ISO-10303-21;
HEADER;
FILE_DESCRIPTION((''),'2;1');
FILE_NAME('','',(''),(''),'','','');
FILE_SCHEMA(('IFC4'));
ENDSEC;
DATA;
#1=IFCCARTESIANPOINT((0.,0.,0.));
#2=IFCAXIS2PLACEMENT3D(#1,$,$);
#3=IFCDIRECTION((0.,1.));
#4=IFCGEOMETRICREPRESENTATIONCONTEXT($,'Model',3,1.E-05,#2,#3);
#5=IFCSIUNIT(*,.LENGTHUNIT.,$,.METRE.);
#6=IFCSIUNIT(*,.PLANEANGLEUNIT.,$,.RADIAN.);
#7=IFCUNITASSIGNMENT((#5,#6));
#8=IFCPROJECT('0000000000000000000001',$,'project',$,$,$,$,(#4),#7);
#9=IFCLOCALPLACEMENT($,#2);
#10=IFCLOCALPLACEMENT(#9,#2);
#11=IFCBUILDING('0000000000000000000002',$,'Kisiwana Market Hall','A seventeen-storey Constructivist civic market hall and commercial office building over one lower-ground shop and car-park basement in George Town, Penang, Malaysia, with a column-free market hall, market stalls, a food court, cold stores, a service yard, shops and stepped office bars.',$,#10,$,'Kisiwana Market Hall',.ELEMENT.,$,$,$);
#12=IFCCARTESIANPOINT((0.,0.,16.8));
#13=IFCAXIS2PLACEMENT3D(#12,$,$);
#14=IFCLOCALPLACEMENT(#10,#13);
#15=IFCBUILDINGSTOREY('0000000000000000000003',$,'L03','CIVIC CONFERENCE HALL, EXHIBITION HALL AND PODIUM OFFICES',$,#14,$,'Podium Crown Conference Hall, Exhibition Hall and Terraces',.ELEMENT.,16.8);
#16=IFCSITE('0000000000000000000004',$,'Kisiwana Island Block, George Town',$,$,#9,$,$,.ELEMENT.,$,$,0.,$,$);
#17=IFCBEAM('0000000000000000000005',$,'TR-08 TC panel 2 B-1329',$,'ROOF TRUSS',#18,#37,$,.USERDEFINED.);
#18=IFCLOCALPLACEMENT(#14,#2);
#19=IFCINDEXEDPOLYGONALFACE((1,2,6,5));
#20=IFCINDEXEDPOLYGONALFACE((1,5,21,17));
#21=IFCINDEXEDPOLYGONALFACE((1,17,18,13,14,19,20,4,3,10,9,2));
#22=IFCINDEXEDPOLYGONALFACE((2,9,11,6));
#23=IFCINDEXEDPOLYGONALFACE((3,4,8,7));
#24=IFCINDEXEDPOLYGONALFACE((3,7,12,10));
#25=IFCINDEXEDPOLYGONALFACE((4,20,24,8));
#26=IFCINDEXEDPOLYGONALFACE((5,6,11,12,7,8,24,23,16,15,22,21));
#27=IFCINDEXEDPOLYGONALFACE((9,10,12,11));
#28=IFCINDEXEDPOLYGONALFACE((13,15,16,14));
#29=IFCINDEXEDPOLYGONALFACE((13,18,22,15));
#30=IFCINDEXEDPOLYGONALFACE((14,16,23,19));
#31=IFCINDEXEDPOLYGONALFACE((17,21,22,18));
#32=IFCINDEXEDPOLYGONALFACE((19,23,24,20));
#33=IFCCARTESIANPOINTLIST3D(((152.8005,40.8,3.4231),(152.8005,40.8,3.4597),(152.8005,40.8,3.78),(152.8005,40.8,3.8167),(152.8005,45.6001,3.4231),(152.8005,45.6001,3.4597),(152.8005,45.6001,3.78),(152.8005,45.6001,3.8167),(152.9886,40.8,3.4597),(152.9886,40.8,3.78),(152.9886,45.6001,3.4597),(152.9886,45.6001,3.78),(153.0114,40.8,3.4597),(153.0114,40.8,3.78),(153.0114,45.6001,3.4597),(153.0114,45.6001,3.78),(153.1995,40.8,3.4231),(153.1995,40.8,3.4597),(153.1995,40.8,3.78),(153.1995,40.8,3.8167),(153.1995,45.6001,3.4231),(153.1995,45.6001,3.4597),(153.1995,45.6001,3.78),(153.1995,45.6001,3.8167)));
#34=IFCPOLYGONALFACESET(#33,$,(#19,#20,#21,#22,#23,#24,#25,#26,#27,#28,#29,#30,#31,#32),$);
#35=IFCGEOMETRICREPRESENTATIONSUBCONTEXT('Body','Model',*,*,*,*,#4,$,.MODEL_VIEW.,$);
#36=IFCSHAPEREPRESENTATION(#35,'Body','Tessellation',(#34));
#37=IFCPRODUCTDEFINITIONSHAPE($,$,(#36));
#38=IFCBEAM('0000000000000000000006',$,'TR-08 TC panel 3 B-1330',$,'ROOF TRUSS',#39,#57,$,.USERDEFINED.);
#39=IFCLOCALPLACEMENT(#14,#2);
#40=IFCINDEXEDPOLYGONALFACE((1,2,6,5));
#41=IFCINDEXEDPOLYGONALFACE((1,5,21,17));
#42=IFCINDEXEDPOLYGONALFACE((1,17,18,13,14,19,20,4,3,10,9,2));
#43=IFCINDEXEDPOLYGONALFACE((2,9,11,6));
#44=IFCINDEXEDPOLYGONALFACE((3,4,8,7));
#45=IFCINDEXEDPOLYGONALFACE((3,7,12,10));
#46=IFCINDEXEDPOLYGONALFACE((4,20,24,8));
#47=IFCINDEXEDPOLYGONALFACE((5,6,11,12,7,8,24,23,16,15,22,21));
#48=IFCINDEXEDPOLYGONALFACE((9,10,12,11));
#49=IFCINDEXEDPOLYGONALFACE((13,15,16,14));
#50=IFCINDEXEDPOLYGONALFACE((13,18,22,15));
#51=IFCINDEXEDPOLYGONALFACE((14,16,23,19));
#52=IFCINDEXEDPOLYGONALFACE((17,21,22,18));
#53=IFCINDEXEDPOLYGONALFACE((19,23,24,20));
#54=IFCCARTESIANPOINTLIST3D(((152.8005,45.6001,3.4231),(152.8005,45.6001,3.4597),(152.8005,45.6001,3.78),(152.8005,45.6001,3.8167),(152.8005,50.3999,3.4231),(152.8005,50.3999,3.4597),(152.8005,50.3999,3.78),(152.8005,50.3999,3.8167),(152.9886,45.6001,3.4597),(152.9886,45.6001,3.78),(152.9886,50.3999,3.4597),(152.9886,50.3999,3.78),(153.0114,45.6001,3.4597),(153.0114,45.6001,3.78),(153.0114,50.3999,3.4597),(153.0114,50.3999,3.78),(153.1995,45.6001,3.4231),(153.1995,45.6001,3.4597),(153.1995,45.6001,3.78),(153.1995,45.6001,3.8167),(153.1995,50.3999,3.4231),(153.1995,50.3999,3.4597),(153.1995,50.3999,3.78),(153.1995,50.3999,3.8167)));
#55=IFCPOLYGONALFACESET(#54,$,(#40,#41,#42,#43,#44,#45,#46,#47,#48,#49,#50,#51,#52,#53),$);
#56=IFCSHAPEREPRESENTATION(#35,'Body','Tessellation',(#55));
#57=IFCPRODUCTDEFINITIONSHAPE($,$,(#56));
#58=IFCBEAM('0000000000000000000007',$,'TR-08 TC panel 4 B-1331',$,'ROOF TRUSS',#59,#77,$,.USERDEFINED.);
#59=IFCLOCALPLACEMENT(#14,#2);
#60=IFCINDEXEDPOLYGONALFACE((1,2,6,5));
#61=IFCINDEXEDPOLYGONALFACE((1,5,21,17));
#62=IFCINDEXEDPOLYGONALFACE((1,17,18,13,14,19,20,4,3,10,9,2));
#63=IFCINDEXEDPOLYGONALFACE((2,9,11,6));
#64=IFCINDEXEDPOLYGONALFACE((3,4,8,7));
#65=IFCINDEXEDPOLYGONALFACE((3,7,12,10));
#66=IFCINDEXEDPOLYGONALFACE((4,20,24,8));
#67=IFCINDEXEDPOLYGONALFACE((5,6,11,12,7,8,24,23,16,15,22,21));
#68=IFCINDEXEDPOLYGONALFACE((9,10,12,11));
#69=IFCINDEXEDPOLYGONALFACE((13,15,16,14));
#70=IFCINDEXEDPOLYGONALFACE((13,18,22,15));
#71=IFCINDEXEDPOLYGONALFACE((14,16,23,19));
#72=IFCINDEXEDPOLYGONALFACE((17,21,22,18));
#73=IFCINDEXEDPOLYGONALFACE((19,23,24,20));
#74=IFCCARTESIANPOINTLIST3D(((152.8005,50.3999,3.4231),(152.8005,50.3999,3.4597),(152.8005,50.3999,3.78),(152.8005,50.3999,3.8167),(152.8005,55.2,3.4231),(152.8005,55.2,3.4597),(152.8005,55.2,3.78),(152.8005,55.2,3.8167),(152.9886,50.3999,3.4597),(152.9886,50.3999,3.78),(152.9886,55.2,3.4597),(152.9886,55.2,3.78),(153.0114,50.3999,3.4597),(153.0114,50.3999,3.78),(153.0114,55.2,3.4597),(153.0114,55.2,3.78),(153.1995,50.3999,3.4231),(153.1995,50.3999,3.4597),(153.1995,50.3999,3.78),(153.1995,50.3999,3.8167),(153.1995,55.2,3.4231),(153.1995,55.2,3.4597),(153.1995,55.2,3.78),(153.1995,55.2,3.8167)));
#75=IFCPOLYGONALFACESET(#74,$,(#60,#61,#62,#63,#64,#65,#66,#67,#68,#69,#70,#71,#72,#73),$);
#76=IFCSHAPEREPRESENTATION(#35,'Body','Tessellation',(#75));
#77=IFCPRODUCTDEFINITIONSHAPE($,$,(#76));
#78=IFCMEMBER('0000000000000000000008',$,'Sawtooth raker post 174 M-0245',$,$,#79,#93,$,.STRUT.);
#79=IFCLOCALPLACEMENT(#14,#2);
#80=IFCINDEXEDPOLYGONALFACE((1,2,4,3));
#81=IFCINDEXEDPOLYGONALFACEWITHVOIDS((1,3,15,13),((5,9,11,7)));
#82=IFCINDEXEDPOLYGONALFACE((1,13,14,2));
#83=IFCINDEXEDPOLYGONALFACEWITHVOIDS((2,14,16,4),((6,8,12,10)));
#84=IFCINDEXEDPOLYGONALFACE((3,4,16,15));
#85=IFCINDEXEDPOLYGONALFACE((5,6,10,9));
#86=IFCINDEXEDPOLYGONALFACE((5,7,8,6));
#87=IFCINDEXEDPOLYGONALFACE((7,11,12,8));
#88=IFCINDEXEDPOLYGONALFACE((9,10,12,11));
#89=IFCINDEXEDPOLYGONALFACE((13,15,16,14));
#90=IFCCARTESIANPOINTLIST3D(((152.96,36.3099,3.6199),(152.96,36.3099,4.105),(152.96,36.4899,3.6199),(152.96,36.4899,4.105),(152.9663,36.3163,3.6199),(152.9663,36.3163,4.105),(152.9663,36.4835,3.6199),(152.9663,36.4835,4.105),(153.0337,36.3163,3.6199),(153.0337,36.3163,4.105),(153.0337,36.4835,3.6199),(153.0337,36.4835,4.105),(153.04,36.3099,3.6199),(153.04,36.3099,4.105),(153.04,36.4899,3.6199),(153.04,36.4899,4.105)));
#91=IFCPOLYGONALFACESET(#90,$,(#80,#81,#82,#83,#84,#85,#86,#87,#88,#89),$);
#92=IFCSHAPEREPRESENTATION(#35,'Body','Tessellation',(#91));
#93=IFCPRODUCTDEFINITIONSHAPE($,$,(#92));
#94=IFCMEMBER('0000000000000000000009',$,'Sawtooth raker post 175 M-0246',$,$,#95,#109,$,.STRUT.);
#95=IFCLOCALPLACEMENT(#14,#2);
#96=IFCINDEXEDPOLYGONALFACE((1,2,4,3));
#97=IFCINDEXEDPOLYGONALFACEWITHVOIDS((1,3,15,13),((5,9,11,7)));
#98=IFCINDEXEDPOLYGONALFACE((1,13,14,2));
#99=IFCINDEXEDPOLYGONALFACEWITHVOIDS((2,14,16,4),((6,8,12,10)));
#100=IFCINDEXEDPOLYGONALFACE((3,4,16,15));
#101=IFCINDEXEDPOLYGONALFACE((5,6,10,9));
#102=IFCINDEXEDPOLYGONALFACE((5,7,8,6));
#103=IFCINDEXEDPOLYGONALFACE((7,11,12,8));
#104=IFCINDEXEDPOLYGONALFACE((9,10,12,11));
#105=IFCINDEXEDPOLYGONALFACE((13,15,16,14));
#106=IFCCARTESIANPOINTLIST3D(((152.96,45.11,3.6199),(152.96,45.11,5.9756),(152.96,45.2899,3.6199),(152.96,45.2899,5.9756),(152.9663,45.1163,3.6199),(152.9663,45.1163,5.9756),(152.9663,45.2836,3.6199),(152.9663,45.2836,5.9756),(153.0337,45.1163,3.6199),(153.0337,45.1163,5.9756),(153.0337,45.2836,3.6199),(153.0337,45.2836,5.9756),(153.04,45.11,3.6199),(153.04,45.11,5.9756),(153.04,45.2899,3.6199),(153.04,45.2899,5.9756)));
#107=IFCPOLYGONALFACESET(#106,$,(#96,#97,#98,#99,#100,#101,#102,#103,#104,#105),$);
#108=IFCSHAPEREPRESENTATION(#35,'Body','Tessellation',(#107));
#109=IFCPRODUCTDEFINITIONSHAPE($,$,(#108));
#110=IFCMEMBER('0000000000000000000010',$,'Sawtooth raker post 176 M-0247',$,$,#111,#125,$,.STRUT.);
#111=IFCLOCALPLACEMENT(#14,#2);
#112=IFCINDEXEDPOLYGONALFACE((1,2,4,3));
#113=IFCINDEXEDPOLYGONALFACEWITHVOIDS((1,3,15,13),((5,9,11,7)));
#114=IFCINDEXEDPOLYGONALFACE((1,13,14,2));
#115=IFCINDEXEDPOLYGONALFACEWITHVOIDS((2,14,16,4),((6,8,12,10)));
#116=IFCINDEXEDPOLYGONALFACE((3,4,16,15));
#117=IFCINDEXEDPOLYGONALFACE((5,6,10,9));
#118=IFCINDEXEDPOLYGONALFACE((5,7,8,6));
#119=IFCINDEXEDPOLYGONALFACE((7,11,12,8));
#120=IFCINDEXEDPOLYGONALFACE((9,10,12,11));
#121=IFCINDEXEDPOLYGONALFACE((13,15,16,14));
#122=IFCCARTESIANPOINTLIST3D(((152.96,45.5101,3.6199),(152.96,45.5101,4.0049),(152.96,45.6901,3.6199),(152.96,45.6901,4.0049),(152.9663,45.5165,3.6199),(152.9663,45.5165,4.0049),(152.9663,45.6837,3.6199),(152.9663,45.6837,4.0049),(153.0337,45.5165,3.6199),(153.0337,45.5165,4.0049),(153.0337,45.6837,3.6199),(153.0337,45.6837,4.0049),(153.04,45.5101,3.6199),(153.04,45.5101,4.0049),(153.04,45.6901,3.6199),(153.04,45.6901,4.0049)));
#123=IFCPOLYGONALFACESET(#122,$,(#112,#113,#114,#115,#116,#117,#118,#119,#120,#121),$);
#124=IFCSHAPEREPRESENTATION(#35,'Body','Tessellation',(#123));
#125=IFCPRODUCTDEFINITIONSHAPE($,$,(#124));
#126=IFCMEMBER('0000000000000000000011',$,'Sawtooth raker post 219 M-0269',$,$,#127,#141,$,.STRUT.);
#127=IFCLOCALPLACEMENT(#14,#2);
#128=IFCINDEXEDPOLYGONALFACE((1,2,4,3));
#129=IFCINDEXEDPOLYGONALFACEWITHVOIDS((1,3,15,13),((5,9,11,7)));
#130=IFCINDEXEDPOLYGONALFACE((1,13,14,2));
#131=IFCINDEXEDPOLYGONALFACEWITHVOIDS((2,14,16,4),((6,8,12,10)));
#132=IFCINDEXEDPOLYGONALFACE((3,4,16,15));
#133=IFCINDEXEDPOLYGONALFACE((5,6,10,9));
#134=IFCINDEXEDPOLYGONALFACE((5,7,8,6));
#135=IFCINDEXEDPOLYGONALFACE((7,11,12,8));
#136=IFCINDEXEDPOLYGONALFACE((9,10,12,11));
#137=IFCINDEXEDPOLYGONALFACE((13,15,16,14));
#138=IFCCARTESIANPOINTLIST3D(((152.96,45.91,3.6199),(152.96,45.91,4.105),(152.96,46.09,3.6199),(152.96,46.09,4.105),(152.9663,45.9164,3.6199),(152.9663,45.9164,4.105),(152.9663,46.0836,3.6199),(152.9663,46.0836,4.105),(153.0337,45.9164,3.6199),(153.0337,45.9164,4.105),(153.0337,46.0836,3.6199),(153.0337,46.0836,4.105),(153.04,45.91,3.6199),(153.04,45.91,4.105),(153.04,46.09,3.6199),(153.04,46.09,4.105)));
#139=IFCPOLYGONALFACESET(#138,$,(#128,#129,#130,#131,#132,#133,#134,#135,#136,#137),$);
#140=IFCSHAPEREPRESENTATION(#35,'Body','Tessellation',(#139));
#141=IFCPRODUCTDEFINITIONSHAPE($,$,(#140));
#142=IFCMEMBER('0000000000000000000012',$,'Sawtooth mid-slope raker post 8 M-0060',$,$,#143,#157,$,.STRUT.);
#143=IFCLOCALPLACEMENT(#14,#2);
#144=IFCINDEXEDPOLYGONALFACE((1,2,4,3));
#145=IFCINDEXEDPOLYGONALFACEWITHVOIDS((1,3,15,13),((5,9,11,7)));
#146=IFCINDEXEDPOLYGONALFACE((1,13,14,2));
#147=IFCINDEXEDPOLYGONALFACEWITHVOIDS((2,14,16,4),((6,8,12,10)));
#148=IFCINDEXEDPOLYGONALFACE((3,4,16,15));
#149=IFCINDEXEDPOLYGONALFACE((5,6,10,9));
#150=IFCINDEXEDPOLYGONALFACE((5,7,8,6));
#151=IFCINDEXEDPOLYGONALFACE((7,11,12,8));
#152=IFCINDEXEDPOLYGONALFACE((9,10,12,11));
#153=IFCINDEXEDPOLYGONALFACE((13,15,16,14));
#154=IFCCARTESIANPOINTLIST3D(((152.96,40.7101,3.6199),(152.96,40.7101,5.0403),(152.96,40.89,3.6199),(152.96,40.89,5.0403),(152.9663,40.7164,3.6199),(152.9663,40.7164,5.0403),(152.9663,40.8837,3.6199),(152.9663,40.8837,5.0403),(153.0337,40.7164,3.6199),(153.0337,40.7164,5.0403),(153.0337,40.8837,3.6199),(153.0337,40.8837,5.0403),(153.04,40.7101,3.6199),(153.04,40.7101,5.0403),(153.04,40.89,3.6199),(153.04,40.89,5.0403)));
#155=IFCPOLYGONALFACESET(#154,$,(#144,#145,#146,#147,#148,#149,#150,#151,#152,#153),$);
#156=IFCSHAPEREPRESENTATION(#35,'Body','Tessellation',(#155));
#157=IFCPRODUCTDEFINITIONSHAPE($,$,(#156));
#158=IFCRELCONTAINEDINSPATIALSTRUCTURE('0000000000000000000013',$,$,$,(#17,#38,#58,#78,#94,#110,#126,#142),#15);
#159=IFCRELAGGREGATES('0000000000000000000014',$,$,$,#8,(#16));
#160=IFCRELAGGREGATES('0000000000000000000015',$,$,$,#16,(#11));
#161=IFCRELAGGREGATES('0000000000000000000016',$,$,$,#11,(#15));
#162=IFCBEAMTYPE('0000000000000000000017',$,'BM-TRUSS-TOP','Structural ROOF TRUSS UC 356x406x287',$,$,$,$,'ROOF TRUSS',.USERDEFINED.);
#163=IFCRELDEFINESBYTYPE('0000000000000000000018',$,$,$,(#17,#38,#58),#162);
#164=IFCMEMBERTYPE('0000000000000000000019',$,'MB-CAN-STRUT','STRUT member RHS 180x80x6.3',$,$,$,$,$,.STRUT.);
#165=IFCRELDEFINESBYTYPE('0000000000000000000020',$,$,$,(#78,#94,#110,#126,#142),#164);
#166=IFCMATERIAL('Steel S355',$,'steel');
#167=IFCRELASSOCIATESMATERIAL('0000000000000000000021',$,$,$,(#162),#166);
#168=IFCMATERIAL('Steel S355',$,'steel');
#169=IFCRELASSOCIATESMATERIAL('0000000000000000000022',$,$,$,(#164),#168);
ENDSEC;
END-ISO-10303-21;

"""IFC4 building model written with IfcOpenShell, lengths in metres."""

from ifc_helpers import new_model, si_unit, direction, frame, origin, origin_2d, place, context, subcontext, project, spatial, hollow_rectangle, i_section, extrude, material, material_profile, profile_set, type_object, element, save


model = new_model("IFC4")

# Units and contexts
model_context = context("Model", 3, precision=1e-05, world=origin(), true_north=direction((0.0, 1.0)))
body_context = subcontext(model_context, "Body", "Model", "MODEL_VIEW")
ifc_project = project(units=[si_unit("LENGTHUNIT", "METRE"), si_unit("PLANEANGLEUNIT", "RADIAN")], contexts=[model_context])

# Site, building, storey
site_placement = place(None, origin())
site = spatial("IfcSite", under=ifc_project, at=site_placement, Name="Kisiwana Island Block, George Town", CompositionType="ELEMENT", RefElevation=0.0)
building_placement = place(site_placement, origin())
building = spatial("IfcBuilding", under=site, at=building_placement, Name="Kisiwana Market Hall", Description="A seventeen-storey Constructivist civic market hall and commercial office building over one lower-ground shop and car-park basement in George Town, Penang, Malaysia, with a column-free market hall, market stalls, a food court, cold stores, a service yard, shops and stepped office bars.", LongName="Kisiwana Market Hall", CompositionType="ELEMENT")
storey_placement = place(building_placement, frame((0.0, 0.0, 16.8)))
storey = spatial("IfcBuildingStorey", under=building, at=storey_placement, Name="L03", Description="CIVIC CONFERENCE HALL, EXHIBITION HALL AND PODIUM OFFICES", LongName="Podium Crown Conference Hall, Exhibition Hall and Terraces", CompositionType="ELEMENT", Elevation=16.8)

# Beams
ifc_material_1 = material(Name="Steel S355", Category="steel")
ifc_material_profile_1 = material_profile(ifc_material_1, i_section(OverallWidth=0.3989, OverallDepth=0.3936, WebThickness=0.0227, FlangeThickness=0.0366, at=origin_2d()), Name="UC 356x406x287")
ifc_profile_set_1 = profile_set([ifc_material_profile_1], Name="Steel S355")
beam_type_1 = type_object("IfcBeamType", Name="BM-TRUSS-TOP", Description="Structural ROOF TRUSS UC 356x406x287", ElementType="ROOF TRUSS", PredefinedType="USERDEFINED", material=ifc_profile_set_1)
for number, where, z_axis, x_axis, name in (
    (1, (153.0, 40.8, 3.6199), (0.0, 1.0, 0.0), (-1.0, 0.0, 0.0), "TR-08 TC panel 2 B-1329"),
):
    element("IfcBeam", number, at=place(storey_placement, frame(where, z_axis=z_axis, x_axis=x_axis)), inside=storey, type_object=beam_type_1, Name=name, ObjectType="ROOF TRUSS", PredefinedType="USERDEFINED", context=body_context, shape_type="SweptSolid", body=[
        extrude(i_section(OverallWidth=0.3989, OverallDepth=0.3936, WebThickness=0.0227, FlangeThickness=0.0366, at=origin_2d()), origin(), (0.0, 0.0, 1.0), 4.8),
    ])
beam_1_placement = place(storey_placement, frame((153.0, 45.6001, 3.6199), z_axis=(0.0, 1.0, 0.0), x_axis=(-1.0, 0.0, 0.0)))
element("IfcBeam", 2, at=beam_1_placement, inside=storey, type_object=beam_type_1, Name="TR-08 TC panel 3 B-1330", ObjectType="ROOF TRUSS", PredefinedType="USERDEFINED", context=body_context, shape_type="SweptSolid", body=[
    extrude(i_section(OverallWidth=0.3989, OverallDepth=0.3936, WebThickness=0.0227, FlangeThickness=0.0366, at=origin_2d()), origin(), (0.0, 0.0, 1.0), 4.7998),
])
beam_2_placement = place(storey_placement, frame((153.0, 50.3999, 3.6199), z_axis=(0.0, 1.0, 0.0), x_axis=(-1.0, 0.0, 0.0)))
element("IfcBeam", 3, at=beam_2_placement, inside=storey, type_object=beam_type_1, Name="TR-08 TC panel 4 B-1331", ObjectType="ROOF TRUSS", PredefinedType="USERDEFINED", context=body_context, shape_type="SweptSolid", body=[
    extrude(i_section(OverallWidth=0.3989, OverallDepth=0.3936, WebThickness=0.0227, FlangeThickness=0.0366, at=origin_2d()), origin(), (0.0, 0.0, 1.0), 4.8),
])

# Members
ifc_material_2 = material(Name="Steel S355", Category="steel")
ifc_material_profile_2 = material_profile(ifc_material_2, hollow_rectangle(XDim=0.0801, YDim=0.1799, WallThickness=0.0063, at=origin_2d()), Name="RHS 180x80x6.3")
ifc_profile_set_2 = profile_set([ifc_material_profile_2], Name="Steel S355")
member_type_1 = type_object("IfcMemberType", Name="MB-CAN-STRUT", Description="STRUT member RHS 180x80x6.3", PredefinedType="STRUT", material=ifc_profile_set_2)
member_1_placement = place(storey_placement, frame((153.0, 36.3999, 3.6199), z_axis=(0.0, 0.0, 1.0), x_axis=(1.0, 0.0, 0.0)))
element("IfcMember", 4, at=member_1_placement, inside=storey, type_object=member_type_1, Name="Sawtooth raker post 174 M-0245", PredefinedType="STRUT", context=body_context, shape_type="SweptSolid", body=[
    extrude(hollow_rectangle(XDim=0.0801, YDim=0.1799, WallThickness=0.0063, at=origin_2d()), origin(), (0.0, 0.0, 1.0), 0.4851),
])
member_2_placement = place(storey_placement, frame((153.0, 45.2, 3.6199), z_axis=(0.0, 0.0, 1.0), x_axis=(1.0, 0.0, 0.0)))
element("IfcMember", 5, at=member_2_placement, inside=storey, type_object=member_type_1, Name="Sawtooth raker post 175 M-0246", PredefinedType="STRUT", context=body_context, shape_type="SweptSolid", body=[
    extrude(hollow_rectangle(XDim=0.0801, YDim=0.1799, WallThickness=0.0063, at=origin_2d()), origin(), (0.0, 0.0, 1.0), 2.3557),
])
member_3_placement = place(storey_placement, frame((153.0, 45.6001, 3.6199), z_axis=(0.0, 0.0, 1.0), x_axis=(1.0, 0.0, 0.0)))
element("IfcMember", 6, at=member_3_placement, inside=storey, type_object=member_type_1, Name="Sawtooth raker post 176 M-0247", PredefinedType="STRUT", context=body_context, shape_type="SweptSolid", body=[
    extrude(hollow_rectangle(XDim=0.0801, YDim=0.1799, WallThickness=0.0063, at=origin_2d()), origin(), (0.0, 0.0, 1.0), 0.385),
])
member_4_placement = place(storey_placement, frame((153.0, 46.0, 3.6199), z_axis=(0.0, 0.0, 1.0), x_axis=(1.0, 0.0, 0.0)))
element("IfcMember", 7, at=member_4_placement, inside=storey, type_object=member_type_1, Name="Sawtooth raker post 219 M-0269", PredefinedType="STRUT", context=body_context, shape_type="SweptSolid", body=[
    extrude(hollow_rectangle(XDim=0.0801, YDim=0.1799, WallThickness=0.0063, at=origin_2d()), origin(), (0.0, 0.0, 1.0), 0.4851),
])
member_5_placement = place(storey_placement, frame((153.0, 40.8, 3.6199), z_axis=(0.0, 0.0, 1.0), x_axis=(1.0, 0.0, 0.0)))
element("IfcMember", 8, at=member_5_placement, inside=storey, type_object=member_type_1, Name="Sawtooth mid-slope raker post 8 M-0060", PredefinedType="STRUT", context=body_context, shape_type="SweptSolid", body=[
    extrude(hollow_rectangle(XDim=0.0801, YDim=0.1799, WallThickness=0.0063, at=origin_2d()), origin(), (0.0, 0.0, 1.0), 1.4204),
])

save(model, "model.ifc")
